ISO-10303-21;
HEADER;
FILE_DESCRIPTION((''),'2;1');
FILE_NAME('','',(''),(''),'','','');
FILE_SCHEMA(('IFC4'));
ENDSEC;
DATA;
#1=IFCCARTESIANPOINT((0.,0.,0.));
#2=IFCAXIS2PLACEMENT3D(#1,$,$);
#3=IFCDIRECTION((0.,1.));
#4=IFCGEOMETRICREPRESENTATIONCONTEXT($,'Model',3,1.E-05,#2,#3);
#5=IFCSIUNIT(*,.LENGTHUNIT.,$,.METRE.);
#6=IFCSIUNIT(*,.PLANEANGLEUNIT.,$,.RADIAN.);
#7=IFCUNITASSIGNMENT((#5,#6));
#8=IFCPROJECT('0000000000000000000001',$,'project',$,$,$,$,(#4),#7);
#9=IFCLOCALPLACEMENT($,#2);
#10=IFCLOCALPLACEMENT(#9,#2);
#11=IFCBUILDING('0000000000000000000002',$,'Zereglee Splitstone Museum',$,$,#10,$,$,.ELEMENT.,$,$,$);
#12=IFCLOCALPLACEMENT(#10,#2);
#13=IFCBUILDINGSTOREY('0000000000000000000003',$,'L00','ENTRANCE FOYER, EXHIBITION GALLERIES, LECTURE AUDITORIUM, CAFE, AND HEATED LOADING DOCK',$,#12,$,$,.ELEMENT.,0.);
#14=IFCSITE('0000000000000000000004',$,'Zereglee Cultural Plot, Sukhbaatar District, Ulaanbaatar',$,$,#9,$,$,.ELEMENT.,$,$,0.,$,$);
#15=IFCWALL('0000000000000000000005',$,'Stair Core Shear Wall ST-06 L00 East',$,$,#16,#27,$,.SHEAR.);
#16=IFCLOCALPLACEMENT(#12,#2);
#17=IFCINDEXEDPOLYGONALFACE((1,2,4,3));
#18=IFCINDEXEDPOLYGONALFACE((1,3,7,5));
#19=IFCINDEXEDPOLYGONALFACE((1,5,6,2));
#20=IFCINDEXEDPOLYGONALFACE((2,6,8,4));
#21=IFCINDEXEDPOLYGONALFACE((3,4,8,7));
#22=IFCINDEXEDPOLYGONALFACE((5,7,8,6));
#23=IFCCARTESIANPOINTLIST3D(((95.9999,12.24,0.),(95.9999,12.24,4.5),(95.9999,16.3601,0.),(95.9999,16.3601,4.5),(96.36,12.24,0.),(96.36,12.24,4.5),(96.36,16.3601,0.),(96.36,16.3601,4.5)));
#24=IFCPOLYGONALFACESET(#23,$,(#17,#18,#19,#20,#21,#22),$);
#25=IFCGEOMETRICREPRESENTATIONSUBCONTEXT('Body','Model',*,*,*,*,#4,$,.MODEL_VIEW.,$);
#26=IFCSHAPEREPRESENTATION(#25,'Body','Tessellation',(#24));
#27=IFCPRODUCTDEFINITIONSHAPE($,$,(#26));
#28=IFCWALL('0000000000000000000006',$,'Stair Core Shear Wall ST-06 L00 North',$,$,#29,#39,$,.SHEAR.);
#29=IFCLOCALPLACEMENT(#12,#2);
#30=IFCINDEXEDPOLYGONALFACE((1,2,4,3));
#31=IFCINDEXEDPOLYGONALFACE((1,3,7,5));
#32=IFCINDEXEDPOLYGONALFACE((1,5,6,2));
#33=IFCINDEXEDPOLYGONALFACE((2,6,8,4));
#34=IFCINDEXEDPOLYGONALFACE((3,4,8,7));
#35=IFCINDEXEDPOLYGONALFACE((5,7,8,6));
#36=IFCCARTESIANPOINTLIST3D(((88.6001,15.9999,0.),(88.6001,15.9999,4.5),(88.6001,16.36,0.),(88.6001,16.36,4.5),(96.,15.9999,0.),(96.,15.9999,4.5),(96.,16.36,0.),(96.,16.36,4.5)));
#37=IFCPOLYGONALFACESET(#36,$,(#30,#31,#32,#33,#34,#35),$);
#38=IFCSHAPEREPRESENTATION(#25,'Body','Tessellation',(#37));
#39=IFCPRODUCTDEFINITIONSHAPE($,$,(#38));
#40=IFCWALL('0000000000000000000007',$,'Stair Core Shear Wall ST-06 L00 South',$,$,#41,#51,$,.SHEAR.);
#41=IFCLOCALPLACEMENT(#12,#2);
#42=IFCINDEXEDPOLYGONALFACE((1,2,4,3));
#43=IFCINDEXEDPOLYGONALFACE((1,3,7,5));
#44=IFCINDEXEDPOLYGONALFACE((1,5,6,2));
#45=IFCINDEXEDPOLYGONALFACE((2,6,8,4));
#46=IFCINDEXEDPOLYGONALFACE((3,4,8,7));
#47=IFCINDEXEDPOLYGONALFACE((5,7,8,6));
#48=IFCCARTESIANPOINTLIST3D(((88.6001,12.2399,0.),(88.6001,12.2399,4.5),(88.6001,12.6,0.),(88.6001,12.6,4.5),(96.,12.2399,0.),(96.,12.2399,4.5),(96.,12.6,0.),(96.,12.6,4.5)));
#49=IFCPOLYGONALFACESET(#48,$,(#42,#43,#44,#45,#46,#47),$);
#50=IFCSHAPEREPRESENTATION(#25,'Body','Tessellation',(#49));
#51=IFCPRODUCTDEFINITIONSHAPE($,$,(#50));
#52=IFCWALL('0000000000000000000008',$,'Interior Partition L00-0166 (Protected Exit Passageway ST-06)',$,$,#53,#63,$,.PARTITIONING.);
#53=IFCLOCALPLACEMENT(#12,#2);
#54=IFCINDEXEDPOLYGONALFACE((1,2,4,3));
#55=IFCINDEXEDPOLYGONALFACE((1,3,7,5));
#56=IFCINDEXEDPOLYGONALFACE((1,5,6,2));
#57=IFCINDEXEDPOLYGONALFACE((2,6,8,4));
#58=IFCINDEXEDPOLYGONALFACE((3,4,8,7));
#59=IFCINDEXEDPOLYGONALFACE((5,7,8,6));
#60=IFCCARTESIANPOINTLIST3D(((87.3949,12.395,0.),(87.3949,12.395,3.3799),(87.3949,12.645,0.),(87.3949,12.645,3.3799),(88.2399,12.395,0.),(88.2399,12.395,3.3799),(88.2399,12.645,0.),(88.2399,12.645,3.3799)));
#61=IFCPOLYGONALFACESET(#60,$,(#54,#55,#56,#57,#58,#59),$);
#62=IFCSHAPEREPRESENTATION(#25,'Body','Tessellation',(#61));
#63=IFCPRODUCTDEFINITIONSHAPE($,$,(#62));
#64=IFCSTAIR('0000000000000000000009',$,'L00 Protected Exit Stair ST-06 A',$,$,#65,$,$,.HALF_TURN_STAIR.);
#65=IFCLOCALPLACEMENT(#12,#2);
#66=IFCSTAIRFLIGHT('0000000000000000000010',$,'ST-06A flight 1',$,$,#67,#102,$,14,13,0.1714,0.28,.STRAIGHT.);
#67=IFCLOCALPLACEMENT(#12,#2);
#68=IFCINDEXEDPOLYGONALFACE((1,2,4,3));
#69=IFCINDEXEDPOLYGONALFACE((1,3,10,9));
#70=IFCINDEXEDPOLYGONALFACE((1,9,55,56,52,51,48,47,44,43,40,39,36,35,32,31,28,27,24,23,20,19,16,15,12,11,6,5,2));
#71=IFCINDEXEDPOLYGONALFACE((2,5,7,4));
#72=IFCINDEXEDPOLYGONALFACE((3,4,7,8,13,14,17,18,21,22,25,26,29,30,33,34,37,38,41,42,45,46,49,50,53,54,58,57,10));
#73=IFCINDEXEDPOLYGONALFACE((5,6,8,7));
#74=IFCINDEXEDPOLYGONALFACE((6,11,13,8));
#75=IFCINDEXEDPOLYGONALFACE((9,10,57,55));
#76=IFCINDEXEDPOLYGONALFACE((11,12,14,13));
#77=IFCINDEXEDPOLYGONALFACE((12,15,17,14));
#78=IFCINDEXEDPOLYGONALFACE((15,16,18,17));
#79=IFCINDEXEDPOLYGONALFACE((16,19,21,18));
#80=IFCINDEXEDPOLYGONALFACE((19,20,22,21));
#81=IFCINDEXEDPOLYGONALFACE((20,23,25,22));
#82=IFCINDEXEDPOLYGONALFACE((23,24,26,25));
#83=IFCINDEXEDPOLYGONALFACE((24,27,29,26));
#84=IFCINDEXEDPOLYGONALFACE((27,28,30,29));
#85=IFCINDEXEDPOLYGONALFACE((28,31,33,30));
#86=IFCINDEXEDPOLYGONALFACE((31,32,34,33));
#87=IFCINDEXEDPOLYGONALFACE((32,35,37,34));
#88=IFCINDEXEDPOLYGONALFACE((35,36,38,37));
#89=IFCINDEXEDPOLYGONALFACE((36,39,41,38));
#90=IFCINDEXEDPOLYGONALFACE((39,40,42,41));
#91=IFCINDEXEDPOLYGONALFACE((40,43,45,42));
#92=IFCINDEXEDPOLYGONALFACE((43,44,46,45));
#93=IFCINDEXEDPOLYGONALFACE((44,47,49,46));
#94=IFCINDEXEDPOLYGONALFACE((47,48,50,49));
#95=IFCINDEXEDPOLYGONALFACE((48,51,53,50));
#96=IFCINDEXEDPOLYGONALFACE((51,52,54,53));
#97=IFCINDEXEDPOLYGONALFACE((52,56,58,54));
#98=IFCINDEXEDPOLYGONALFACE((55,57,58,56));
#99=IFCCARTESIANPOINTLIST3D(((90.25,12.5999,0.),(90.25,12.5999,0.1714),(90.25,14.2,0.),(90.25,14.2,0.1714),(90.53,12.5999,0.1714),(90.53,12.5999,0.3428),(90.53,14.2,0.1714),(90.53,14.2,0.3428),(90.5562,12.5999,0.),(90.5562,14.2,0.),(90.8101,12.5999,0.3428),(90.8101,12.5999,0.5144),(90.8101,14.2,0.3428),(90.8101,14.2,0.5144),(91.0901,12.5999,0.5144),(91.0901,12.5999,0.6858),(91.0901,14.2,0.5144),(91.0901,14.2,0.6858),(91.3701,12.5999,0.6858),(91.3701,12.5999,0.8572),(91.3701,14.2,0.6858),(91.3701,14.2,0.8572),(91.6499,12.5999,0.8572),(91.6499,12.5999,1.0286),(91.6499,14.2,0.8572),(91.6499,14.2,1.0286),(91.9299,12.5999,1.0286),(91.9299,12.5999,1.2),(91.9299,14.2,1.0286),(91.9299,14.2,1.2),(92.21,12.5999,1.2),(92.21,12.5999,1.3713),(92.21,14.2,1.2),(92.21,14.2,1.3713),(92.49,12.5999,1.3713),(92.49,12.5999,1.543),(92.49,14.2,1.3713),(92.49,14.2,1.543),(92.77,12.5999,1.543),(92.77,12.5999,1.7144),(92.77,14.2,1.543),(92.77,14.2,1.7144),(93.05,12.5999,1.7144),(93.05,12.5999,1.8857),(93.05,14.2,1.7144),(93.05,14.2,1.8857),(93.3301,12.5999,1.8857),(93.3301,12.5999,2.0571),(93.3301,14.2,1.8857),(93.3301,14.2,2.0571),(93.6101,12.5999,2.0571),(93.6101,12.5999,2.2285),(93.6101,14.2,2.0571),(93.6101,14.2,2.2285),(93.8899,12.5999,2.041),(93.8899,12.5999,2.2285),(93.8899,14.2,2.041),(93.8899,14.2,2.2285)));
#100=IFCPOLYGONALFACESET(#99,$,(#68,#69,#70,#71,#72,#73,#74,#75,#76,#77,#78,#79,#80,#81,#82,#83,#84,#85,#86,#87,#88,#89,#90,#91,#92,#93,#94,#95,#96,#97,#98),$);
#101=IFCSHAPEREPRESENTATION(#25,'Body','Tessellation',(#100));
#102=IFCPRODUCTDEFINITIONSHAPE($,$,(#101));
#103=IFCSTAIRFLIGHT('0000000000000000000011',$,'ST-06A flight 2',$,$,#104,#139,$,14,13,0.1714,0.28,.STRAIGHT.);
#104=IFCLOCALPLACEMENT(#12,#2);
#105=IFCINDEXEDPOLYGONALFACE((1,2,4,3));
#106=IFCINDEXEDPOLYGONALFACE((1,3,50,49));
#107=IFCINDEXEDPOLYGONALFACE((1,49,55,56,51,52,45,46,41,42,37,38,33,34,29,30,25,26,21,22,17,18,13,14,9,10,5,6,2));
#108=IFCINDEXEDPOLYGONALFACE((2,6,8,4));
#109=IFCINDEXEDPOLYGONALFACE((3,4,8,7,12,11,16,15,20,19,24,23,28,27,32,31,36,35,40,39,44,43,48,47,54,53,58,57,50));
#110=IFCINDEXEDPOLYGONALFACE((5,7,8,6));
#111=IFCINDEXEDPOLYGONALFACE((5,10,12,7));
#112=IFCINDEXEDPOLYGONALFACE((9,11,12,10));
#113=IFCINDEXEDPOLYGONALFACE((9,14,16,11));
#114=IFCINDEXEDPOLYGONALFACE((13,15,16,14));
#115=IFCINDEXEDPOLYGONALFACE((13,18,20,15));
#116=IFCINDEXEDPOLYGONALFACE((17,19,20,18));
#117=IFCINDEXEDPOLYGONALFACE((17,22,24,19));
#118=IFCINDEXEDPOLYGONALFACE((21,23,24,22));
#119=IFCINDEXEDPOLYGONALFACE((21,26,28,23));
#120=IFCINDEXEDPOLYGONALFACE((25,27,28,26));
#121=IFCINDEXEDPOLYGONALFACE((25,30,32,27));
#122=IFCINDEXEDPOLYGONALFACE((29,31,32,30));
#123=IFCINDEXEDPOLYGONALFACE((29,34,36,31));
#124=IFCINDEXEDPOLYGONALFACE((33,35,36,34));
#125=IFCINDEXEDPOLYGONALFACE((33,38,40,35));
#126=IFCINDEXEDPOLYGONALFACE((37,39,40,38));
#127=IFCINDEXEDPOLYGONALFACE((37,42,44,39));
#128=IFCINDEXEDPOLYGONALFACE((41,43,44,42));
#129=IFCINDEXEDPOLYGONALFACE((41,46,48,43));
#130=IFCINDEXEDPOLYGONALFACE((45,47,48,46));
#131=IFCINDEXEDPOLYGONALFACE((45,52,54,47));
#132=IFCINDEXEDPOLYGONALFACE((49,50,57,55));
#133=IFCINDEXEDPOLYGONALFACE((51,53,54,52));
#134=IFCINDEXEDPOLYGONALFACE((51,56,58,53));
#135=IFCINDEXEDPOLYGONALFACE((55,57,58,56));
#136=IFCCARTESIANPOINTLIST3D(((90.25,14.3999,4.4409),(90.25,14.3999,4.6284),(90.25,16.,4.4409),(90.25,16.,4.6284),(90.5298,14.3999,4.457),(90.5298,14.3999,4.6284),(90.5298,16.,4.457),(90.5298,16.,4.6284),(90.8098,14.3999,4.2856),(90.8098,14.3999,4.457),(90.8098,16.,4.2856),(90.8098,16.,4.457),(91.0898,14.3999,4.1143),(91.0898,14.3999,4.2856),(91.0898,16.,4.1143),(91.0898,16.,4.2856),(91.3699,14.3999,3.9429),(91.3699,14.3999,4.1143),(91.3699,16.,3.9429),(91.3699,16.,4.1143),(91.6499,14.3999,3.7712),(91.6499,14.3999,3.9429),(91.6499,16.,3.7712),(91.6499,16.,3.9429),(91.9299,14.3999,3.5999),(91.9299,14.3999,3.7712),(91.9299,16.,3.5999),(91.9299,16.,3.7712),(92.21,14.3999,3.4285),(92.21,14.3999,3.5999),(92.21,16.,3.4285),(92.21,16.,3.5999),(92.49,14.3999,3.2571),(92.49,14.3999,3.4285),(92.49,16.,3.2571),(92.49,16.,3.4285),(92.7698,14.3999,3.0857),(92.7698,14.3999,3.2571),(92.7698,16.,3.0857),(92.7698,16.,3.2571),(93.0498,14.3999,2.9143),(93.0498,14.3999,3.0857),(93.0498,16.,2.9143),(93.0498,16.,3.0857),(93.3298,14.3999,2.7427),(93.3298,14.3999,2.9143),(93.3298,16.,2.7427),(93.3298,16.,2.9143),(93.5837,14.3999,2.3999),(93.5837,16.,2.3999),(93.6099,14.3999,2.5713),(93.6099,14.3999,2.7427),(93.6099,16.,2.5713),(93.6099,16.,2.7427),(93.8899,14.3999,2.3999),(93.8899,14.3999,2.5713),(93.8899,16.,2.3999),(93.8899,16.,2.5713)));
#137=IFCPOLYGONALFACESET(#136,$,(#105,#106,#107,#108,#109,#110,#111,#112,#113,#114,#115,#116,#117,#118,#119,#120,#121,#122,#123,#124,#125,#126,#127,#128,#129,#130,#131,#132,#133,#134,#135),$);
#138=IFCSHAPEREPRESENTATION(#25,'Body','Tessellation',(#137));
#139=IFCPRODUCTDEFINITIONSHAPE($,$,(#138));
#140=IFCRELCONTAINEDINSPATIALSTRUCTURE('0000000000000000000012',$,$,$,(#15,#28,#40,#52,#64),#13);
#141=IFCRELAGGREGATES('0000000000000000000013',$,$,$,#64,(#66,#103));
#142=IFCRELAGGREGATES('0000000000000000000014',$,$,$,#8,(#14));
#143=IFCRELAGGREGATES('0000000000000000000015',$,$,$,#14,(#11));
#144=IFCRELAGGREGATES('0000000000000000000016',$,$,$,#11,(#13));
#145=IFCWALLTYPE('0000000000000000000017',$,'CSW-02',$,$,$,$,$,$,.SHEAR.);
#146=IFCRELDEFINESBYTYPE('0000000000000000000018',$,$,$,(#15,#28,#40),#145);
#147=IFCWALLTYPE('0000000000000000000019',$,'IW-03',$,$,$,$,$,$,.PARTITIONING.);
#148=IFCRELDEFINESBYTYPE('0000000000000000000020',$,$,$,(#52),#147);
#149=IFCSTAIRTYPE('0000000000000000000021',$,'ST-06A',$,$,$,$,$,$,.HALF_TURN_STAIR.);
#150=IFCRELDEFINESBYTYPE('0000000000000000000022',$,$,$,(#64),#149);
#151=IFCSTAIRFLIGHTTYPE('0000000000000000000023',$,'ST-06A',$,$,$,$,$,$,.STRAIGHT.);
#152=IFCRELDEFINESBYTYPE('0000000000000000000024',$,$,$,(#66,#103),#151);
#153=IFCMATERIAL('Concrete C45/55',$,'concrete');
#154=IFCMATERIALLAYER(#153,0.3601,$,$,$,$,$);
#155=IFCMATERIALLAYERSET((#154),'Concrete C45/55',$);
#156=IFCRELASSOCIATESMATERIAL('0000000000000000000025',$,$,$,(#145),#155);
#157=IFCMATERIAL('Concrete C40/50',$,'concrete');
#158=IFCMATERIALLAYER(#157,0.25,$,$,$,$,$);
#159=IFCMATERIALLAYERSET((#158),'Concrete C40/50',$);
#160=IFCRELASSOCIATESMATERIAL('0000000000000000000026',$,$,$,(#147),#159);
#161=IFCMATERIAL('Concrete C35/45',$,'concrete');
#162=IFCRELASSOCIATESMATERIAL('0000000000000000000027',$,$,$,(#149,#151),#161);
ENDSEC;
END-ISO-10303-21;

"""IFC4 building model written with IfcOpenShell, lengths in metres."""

from ifc_helpers import new_model, si_unit, direction, frame, frame_2d, origin, place, context, subcontext, project, spatial, polyline, rectangle, outline, extrude, material, layer, layer_set, type_object, element, aggregate, save


model = new_model("IFC4")

# Units and contexts
model_context = context("Model", 3, precision=1e-05, world=origin(), true_north=direction((0.0, 1.0)))
body_context = subcontext(model_context, "Body", "Model", "MODEL_VIEW")
ifc_project = project(units=[si_unit("LENGTHUNIT", "METRE"), si_unit("PLANEANGLEUNIT", "RADIAN")], contexts=[model_context])

# Site, building, storey
site_placement = place(None, origin())
site = spatial("IfcSite", under=ifc_project, at=site_placement, Name="Zereglee Cultural Plot, Sukhbaatar District, Ulaanbaatar", CompositionType="ELEMENT", RefElevation=0.0)
building_placement = place(site_placement, origin())
building = spatial("IfcBuilding", under=site, at=building_placement, Name="Zereglee Splitstone Museum", CompositionType="ELEMENT")
storey_placement = place(building_placement, origin())
storey = spatial("IfcBuildingStorey", under=building, at=storey_placement, Name="L00", Description="ENTRANCE FOYER, EXHIBITION GALLERIES, LECTURE AUDITORIUM, CAFE, AND HEATED LOADING DOCK", CompositionType="ELEMENT", Elevation=0.0)

# Shared definitions
ifc_material_1 = material(Name="Concrete C45/55", Category="concrete")

# Shared definitions
ifc_material_2 = material(Name="Concrete C40/50", Category="concrete")

# Walls
ifc_layer_1 = layer(ifc_material_1, 0.3601)
ifc_layer_set_1 = layer_set([ifc_layer_1], Name="Concrete C45/55")
wall_type_1 = type_object("IfcWallType", Name="CSW-02", PredefinedType="SHEAR", material=ifc_layer_set_1)
wall_1_placement = place(storey_placement, frame((96.1799, 12.24, 0.0), z_axis=(0.0, 0.0, 1.0), x_axis=(0.0, 1.0, 0.0)))
element("IfcWall", 1, at=wall_1_placement, inside=storey, type_object=wall_type_1, Name="Stair Core Shear Wall ST-06 L00 East", PredefinedType="SHEAR", context=body_context, shape_type="SweptSolid", body=[
    extrude(rectangle(XDim=4.1201, YDim=0.3601, at=frame_2d((2.0601, 0.0))), origin(), (0.0, 0.0, 1.0), 4.5),
])
for number, where, z_axis, x_axis, name in (
    (2, (88.6001, 16.1799, 0.0), (0.0, 0.0, 1.0), (1.0, 0.0, 0.0), "Stair Core Shear Wall ST-06 L00 North"),
    (3, (88.6001, 12.4199, 0.0), (0.0, 0.0, 1.0), (1.0, 0.0, 0.0), "Stair Core Shear Wall ST-06 L00 South"),
):
    element("IfcWall", number, at=place(storey_placement, frame(where, z_axis=z_axis, x_axis=x_axis)), inside=storey, type_object=wall_type_1, Name=name, PredefinedType="SHEAR", context=body_context, shape_type="SweptSolid", body=[
        extrude(rectangle(XDim=7.3999, YDim=0.3601, at=frame_2d((3.7, 0.0))), origin(), (0.0, 0.0, 1.0), 4.5),
    ])
ifc_layer_2 = layer(ifc_material_2, 0.25)
ifc_layer_set_2 = layer_set([ifc_layer_2], Name="Concrete C40/50")
wall_type_2 = type_object("IfcWallType", Name="IW-03", PredefinedType="PARTITIONING", material=ifc_layer_set_2)
wall_2_placement = place(storey_placement, frame((87.395, 12.52, 0.0), z_axis=(0.0, 0.0, 1.0), x_axis=(1.0, 0.0, 0.0)))
element("IfcWall", 4, at=wall_2_placement, inside=storey, type_object=wall_type_2, Name="Interior Partition L00-0166 (Protected Exit Passageway ST-06)", PredefinedType="PARTITIONING", context=body_context, shape_type="SweptSolid", body=[
    extrude(rectangle(XDim=0.845, YDim=0.25, at=frame_2d((0.4224, 0.0))), origin(), (0.0, 0.0, 1.0), 3.3799),
])

# Stair, stair flights
ifc_material_3 = material(Name="Concrete C35/45", Category="concrete")
stair_type = type_object("IfcStairType", Name="ST-06A", PredefinedType="HALF_TURN_STAIR", material=ifc_material_3)
stair_placement = place(storey_placement, origin())
stair = element("IfcStair", 5, at=stair_placement, inside=storey, type_object=stair_type, Name="L00 Protected Exit Stair ST-06 A", PredefinedType="HALF_TURN_STAIR")
stair_flight_type = type_object("IfcStairFlightType", Name="ST-06A", PredefinedType="STRAIGHT", material=ifc_material_3)
stair_flight_1_placement = place(storey_placement, frame((90.25, 13.3999, 0.0), z_axis=(0.0, 0.0, 1.0), x_axis=(1.0, 0.0, 0.0)))
stair_flight_1 = element("IfcStairFlight", 6, at=stair_flight_1_placement, type_object=stair_flight_type, Name="ST-06A flight 1", NumberOfRisers=14, NumberOfTreads=13, PredefinedType="STRAIGHT", RiserHeight=0.1714, TreadLength=0.28, context=body_context, shape_type="SweptSolid", body=[
    extrude(outline(polyline([(0.0, 0.0), (0.0, 0.1714), (0.28, 0.1714), (0.28, 0.3428), (0.5601, 0.3428), (0.5601, 0.5144), (0.8401, 0.5144), (0.8401, 0.6858), (1.1201, 0.6858), (1.1201, 0.8572), (1.3999, 0.8572), (1.3999, 1.0286), (1.6799, 1.0286), (1.6799, 1.2), (1.96, 1.2), (1.96, 1.3713), (2.24, 1.3713), (2.24, 1.543), (2.52, 1.543), (2.52, 1.7144), (2.8, 1.7144), (2.8, 1.8857), (3.0801, 1.8857), (3.0801, 2.0571), (3.3601, 2.0571), (3.3601, 2.2285), (3.6399, 2.2285), (3.6399, 2.3999), (3.6399, 2.041), (0.3062, 0.0), (0.0, 0.0)])), frame((0.0, 0.8, 0.0), z_axis=(0.0, -1.0, 0.0), x_axis=(1.0, 0.0, 0.0)), (0.0, 0.0, 1.0), 1.6001),
])
stair_flight_2_placement = place(storey_placement, frame((93.8899, 15.2, 2.3999), z_axis=(0.0, 0.0, 1.0), x_axis=(-1.0, 0.0, 0.0)))
stair_flight_2 = element("IfcStairFlight", 7, at=stair_flight_2_placement, type_object=stair_flight_type, Name="ST-06A flight 2", NumberOfRisers=14, NumberOfTreads=13, PredefinedType="STRAIGHT", RiserHeight=0.1714, TreadLength=0.28, context=body_context, shape_type="SweptSolid", body=[
    extrude(outline(polyline([(0.0, 0.0), (0.0, 0.1714), (0.28, 0.1714), (0.28, 0.3428), (0.5601, 0.3428), (0.5601, 0.5144), (0.8401, 0.5144), (0.8401, 0.6858), (1.1201, 0.6858), (1.1201, 0.8572), (1.3999, 0.8572), (1.3999, 1.0286), (1.6799, 1.0286), (1.6799, 1.2), (1.96, 1.2), (1.96, 1.3713), (2.24, 1.3713), (2.24, 1.543), (2.52, 1.543), (2.52, 1.7144), (2.8, 1.7144), (2.8, 1.8857), (3.0801, 1.8857), (3.0801, 2.0571), (3.3601, 2.0571), (3.3601, 2.2285), (3.6399, 2.2285), (3.6399, 2.3999), (3.6399, 2.041), (0.3062, 0.0), (0.0, 0.0)])), frame((0.0, 0.8, 0.0), z_axis=(0.0, -1.0, 0.0), x_axis=(1.0, 0.0, 0.0)), (0.0, 0.0, 1.0), 1.6001),
])
aggregate(stair, [stair_flight_1, stair_flight_2])

save(model, "model.ifc")
